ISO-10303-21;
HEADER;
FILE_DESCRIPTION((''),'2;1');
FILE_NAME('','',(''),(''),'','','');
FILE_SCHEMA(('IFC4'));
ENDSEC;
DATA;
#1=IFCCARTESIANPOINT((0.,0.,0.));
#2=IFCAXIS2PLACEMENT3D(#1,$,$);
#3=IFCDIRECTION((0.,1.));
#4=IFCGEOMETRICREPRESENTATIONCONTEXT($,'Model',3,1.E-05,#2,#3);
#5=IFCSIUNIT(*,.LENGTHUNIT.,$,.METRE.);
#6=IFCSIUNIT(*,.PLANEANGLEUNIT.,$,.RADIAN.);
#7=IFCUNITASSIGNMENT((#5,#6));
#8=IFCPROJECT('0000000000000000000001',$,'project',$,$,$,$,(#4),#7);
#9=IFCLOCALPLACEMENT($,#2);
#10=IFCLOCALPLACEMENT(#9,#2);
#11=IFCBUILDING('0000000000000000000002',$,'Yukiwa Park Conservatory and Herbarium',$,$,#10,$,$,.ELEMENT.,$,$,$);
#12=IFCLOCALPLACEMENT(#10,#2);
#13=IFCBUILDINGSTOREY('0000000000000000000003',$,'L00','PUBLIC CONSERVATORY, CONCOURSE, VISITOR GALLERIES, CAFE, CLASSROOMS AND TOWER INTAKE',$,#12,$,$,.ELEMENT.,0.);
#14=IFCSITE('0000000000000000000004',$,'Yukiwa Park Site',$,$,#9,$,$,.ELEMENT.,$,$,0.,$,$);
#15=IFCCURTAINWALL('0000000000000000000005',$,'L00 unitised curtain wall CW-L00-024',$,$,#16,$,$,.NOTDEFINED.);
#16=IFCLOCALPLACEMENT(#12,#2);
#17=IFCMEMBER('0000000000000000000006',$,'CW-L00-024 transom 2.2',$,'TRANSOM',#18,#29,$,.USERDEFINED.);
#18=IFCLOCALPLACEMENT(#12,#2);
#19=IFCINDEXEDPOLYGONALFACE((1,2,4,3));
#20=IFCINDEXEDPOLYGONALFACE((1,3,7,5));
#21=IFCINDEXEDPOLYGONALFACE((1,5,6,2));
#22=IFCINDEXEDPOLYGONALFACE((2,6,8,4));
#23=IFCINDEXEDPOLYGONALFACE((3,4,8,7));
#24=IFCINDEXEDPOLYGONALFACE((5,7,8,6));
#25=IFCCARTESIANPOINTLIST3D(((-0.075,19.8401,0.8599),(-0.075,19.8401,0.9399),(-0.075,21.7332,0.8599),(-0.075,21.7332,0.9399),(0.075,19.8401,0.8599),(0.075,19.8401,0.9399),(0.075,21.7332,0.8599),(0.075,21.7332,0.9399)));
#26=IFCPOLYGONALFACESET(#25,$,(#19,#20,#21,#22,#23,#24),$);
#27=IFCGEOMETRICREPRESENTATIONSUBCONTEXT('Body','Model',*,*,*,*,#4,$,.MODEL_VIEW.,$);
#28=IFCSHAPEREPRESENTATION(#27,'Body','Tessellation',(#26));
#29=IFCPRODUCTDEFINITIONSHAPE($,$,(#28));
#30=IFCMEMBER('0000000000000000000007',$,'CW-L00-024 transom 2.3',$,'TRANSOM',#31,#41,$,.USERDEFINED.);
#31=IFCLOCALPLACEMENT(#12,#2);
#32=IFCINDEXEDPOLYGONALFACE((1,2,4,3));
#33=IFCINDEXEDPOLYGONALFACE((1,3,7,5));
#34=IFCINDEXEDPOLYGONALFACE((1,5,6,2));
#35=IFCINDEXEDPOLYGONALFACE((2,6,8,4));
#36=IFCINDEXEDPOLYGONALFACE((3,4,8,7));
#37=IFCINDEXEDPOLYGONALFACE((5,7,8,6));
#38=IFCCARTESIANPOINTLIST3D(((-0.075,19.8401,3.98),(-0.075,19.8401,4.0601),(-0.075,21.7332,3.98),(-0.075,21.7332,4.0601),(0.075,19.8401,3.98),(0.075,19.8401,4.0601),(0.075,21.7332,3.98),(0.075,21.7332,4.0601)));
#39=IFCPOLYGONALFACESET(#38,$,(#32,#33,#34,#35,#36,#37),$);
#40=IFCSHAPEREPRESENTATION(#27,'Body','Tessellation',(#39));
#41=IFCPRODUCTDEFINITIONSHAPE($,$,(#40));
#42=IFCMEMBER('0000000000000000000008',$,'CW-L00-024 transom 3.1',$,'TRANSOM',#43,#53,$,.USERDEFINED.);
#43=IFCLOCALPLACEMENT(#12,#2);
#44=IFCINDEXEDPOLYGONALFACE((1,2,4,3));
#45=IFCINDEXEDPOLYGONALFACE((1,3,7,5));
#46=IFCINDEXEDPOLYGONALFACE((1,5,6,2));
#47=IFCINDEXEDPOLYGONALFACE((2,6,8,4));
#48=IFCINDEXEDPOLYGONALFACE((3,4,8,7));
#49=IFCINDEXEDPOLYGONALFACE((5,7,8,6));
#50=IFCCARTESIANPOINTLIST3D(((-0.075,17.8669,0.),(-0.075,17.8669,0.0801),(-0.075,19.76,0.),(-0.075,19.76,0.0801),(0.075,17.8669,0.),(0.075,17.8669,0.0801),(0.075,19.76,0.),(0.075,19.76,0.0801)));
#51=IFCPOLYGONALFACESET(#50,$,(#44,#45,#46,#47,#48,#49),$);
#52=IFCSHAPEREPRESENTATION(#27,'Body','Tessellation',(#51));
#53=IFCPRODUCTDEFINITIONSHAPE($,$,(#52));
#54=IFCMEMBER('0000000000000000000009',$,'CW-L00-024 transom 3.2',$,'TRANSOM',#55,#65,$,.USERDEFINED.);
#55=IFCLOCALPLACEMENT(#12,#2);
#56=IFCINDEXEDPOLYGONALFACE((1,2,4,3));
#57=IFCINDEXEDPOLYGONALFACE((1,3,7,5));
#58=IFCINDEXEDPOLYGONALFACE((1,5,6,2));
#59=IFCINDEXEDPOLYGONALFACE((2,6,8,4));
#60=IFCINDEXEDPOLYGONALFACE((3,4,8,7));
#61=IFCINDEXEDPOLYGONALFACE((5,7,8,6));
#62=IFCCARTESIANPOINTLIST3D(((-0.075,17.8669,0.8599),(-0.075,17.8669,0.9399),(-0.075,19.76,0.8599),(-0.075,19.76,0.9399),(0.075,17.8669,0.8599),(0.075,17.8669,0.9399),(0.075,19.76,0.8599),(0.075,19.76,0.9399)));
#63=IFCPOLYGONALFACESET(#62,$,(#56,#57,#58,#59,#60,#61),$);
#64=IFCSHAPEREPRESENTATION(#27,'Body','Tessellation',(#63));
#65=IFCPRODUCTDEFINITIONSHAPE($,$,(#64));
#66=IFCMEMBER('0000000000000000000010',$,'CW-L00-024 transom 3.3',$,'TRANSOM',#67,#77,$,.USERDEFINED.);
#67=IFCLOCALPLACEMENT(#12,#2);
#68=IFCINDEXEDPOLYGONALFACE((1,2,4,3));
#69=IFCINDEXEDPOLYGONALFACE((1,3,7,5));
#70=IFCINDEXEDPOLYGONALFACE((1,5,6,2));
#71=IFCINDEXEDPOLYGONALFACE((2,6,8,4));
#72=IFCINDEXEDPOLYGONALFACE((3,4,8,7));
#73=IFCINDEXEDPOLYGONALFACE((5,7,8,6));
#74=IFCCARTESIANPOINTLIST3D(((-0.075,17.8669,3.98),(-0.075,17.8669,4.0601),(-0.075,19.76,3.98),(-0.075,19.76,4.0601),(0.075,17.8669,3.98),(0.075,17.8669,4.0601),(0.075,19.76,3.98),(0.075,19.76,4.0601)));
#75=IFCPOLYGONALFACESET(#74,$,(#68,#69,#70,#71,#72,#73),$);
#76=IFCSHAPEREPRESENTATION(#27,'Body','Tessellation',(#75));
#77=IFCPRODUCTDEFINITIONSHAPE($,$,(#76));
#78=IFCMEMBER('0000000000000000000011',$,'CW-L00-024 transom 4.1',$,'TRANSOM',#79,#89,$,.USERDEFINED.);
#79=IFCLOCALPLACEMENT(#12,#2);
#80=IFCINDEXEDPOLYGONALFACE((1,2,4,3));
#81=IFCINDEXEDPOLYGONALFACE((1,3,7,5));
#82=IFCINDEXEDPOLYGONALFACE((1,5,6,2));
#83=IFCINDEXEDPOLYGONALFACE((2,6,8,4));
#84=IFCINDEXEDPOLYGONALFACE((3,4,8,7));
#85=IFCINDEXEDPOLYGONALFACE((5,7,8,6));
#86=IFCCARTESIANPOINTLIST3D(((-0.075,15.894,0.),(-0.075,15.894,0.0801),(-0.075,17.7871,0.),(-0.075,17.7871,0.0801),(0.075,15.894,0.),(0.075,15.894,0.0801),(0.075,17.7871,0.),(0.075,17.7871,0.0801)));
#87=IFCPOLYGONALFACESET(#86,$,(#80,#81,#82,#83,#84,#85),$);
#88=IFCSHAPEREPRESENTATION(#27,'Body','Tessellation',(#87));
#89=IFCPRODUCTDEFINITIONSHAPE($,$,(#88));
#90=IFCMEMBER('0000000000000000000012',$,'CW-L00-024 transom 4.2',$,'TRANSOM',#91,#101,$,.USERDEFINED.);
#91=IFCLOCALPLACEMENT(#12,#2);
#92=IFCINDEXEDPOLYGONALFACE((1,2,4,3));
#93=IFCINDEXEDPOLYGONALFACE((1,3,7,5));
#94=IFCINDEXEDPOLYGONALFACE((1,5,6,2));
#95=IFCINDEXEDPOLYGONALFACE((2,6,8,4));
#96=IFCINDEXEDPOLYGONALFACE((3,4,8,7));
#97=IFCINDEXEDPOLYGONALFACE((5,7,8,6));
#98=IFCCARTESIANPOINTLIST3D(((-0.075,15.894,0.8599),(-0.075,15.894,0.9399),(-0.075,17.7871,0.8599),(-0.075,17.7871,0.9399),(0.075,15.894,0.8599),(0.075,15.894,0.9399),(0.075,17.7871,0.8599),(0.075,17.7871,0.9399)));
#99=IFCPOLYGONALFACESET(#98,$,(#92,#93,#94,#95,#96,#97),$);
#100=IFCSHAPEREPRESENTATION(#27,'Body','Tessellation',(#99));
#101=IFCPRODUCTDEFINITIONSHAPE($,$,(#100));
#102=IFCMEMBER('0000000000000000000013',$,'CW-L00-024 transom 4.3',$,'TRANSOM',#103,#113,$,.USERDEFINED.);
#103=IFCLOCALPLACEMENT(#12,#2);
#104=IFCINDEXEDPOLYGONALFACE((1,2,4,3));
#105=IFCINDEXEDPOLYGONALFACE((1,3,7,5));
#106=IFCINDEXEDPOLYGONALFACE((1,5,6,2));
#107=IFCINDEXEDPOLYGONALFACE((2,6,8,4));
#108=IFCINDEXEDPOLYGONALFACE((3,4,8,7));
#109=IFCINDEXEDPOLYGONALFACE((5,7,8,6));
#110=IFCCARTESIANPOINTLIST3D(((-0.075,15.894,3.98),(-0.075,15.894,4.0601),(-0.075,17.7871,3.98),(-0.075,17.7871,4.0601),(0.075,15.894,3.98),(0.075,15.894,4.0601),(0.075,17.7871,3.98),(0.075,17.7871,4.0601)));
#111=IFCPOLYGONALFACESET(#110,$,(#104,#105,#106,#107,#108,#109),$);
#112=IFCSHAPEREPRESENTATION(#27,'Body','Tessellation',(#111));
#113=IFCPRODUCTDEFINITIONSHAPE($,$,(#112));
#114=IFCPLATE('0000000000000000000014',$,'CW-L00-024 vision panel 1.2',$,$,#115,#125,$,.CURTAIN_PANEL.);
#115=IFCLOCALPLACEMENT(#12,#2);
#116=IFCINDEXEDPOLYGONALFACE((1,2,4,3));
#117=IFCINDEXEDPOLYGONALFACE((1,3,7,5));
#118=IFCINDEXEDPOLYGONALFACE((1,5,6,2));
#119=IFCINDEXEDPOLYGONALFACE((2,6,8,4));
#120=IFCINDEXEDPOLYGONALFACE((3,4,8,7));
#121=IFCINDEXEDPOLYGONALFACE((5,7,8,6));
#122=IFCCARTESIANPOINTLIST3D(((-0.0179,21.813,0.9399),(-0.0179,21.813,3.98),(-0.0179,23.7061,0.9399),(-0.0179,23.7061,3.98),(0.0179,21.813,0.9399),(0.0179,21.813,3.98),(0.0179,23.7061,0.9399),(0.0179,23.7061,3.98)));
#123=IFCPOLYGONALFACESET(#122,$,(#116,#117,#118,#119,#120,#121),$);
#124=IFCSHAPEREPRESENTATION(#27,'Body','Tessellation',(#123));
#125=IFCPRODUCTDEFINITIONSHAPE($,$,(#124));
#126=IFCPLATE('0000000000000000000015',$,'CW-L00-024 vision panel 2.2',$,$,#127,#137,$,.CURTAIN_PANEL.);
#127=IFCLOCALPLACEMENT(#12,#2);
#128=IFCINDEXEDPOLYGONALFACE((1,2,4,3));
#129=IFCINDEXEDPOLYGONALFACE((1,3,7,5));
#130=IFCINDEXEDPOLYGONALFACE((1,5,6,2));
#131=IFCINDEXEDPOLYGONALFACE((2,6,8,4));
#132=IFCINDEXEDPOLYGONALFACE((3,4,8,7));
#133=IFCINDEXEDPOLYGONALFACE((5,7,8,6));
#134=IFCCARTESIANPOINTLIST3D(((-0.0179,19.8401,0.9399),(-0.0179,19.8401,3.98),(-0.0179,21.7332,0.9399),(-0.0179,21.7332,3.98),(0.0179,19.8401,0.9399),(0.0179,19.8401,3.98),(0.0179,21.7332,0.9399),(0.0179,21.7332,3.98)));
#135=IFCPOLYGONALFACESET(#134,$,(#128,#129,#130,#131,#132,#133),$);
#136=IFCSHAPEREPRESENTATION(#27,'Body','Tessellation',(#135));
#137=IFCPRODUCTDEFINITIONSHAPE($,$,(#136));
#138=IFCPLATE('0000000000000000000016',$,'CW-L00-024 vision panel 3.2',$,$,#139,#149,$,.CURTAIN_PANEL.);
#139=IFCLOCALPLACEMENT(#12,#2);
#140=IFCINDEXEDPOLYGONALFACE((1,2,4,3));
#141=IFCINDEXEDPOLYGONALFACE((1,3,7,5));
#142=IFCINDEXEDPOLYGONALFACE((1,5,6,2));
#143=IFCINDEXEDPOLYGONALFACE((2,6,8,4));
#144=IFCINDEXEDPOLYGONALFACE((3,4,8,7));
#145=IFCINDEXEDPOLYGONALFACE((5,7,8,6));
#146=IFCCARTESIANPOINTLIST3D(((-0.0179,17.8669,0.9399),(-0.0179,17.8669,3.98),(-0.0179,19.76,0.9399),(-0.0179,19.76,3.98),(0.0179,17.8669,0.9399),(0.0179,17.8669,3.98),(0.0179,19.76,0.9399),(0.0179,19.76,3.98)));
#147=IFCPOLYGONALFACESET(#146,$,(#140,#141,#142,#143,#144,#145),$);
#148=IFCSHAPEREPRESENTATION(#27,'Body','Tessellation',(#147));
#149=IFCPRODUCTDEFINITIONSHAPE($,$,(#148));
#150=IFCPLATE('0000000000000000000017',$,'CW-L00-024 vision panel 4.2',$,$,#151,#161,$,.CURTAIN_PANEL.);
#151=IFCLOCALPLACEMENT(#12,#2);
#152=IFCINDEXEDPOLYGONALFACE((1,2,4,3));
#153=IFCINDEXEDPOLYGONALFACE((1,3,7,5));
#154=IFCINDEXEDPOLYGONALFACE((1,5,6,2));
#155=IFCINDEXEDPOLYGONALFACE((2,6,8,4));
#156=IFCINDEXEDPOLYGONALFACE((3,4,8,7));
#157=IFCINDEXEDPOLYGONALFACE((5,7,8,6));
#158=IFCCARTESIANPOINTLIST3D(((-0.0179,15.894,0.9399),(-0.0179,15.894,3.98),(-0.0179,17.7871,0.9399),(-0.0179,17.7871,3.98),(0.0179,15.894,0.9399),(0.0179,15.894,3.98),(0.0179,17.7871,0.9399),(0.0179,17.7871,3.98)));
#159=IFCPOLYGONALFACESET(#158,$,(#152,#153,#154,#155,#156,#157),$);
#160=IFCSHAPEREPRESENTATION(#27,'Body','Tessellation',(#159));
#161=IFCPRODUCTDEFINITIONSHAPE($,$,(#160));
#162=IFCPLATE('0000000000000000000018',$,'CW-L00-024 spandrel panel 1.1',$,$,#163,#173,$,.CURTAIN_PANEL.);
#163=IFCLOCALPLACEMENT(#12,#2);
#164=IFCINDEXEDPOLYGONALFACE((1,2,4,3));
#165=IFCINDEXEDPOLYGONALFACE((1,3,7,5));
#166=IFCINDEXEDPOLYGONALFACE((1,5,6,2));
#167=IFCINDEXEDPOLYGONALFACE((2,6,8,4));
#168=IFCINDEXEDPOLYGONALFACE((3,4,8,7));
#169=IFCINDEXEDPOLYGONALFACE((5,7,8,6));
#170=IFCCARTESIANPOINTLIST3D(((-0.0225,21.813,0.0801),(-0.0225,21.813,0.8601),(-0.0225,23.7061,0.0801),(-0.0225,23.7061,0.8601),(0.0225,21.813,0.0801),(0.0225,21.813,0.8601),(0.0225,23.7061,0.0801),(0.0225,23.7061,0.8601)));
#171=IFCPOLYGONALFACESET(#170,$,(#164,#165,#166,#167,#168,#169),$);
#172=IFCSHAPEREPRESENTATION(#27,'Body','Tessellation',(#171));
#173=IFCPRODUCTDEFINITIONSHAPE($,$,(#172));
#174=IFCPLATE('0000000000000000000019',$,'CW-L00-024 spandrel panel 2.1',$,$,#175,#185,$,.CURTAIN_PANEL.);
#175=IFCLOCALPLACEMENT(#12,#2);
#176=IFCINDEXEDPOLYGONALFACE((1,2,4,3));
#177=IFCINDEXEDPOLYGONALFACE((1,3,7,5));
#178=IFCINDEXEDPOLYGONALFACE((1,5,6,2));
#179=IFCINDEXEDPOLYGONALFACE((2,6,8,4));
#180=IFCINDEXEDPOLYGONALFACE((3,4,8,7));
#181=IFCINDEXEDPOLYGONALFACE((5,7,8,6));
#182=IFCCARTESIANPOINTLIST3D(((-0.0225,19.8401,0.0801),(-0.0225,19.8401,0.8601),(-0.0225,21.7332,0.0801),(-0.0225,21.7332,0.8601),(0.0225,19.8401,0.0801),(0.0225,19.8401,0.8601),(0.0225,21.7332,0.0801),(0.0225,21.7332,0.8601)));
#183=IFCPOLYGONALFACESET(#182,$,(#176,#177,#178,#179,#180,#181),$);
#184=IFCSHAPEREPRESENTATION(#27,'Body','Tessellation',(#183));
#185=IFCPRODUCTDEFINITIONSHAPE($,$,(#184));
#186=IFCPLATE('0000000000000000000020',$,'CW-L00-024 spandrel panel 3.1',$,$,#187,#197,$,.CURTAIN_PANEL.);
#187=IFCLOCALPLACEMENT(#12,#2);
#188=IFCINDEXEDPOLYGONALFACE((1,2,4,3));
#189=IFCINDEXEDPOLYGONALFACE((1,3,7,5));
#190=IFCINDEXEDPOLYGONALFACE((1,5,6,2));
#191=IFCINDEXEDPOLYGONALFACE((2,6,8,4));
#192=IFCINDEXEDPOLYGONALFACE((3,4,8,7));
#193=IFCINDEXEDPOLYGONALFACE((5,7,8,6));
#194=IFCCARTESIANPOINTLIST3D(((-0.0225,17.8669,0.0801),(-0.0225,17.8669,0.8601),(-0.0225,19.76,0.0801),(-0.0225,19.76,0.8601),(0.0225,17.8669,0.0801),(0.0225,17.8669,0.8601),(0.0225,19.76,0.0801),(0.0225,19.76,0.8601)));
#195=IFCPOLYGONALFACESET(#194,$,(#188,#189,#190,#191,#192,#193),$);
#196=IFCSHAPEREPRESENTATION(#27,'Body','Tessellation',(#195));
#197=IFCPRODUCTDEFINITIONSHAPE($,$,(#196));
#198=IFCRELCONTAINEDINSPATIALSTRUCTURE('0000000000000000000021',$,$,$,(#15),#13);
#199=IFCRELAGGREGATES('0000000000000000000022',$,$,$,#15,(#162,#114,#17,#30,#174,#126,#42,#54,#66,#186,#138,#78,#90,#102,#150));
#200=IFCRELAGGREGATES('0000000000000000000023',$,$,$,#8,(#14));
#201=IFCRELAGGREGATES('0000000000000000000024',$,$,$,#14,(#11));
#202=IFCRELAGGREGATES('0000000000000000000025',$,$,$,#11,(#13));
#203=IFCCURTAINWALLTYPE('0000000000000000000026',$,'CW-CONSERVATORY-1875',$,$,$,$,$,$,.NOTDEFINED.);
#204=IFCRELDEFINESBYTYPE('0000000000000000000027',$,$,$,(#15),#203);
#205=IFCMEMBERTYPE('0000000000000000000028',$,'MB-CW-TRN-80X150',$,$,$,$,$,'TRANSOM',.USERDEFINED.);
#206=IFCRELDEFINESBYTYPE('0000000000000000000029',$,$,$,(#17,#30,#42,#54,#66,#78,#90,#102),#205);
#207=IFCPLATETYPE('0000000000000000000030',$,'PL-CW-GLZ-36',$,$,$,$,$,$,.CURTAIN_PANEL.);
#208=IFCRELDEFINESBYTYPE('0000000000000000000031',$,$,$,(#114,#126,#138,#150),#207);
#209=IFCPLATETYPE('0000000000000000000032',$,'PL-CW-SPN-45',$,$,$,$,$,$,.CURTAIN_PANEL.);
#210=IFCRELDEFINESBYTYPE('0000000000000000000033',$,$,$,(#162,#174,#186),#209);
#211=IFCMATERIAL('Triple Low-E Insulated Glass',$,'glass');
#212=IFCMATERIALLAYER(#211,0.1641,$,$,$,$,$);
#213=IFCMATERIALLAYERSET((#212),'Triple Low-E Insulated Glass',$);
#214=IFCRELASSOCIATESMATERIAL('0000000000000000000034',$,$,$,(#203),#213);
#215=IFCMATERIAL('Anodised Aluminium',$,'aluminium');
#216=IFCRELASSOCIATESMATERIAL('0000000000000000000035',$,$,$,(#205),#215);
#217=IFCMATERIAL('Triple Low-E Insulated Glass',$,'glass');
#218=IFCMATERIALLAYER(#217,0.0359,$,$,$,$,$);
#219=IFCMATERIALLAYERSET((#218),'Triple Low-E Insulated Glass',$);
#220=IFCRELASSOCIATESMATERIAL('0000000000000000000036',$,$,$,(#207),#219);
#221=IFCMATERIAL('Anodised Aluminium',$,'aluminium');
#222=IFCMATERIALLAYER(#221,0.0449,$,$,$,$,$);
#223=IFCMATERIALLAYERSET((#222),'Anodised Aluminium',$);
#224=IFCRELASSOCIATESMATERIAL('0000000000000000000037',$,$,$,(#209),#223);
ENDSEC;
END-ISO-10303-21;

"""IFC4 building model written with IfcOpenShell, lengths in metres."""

from ifc_helpers import new_model, si_unit, direction, frame, origin, origin_2d, place, context, subcontext, project, spatial, rectangle, extrude, material, layer, layer_set, type_object, element, aggregate, save


model = new_model("IFC4")

# Units and contexts
model_context = context("Model", 3, precision=1e-05, world=origin(), true_north=direction((0.0, 1.0)))
body_context = subcontext(model_context, "Body", "Model", "MODEL_VIEW")
ifc_project = project(units=[si_unit("LENGTHUNIT", "METRE"), si_unit("PLANEANGLEUNIT", "RADIAN")], contexts=[model_context])

# Site, building, storey
site_placement = place(None, origin())
site = spatial("IfcSite", under=ifc_project, at=site_placement, Name="Yukiwa Park Site", CompositionType="ELEMENT", RefElevation=0.0)
building_placement = place(site_placement, origin())
building = spatial("IfcBuilding", under=site, at=building_placement, Name="Yukiwa Park Conservatory and Herbarium", CompositionType="ELEMENT")
storey_placement = place(building_placement, origin())
storey = spatial("IfcBuildingStorey", under=building, at=storey_placement, Name="L00", Description="PUBLIC CONSERVATORY, CONCOURSE, VISITOR GALLERIES, CAFE, CLASSROOMS AND TOWER INTAKE", CompositionType="ELEMENT", Elevation=0.0)

# Curtain wall, members, plates
ifc_material_1 = material(Name="Triple Low-E Insulated Glass", Category="glass")
ifc_layer_1 = layer(ifc_material_1, 0.1641)
ifc_layer_set_1 = layer_set([ifc_layer_1], Name="Triple Low-E Insulated Glass")
curtain_wall_type = type_object("IfcCurtainWallType", Name="CW-CONSERVATORY-1875", PredefinedType="NOTDEFINED", material=ifc_layer_set_1)
curtain_wall_placement = place(storey_placement, origin())
curtain_wall = element("IfcCurtainWall", 1, at=curtain_wall_placement, inside=storey, type_object=curtain_wall_type, Name="L00 unitised curtain wall CW-L00-024", PredefinedType="NOTDEFINED")
ifc_material_2 = material(Name="Anodised Aluminium", Category="aluminium")
member_type_1 = type_object("IfcMemberType", Name="MB-CW-TRN-80X150", ElementType="TRANSOM", PredefinedType="USERDEFINED", material=ifc_material_2)
member_1_placement = place(storey_placement, frame((0.0, 20.7866, 0.8599), z_axis=(0.0, 0.0, 1.0), x_axis=(0.0, -1.0, 0.0)))
member_1 = element("IfcMember", 2, at=member_1_placement, type_object=member_type_1, Name="CW-L00-024 transom 2.2", ObjectType="TRANSOM", PredefinedType="USERDEFINED", context=body_context, shape_type="SweptSolid", body=[
    extrude(rectangle(XDim=1.8931, YDim=0.1499, at=origin_2d()), origin(), (0.0, 0.0, 1.0), 0.0801),
])
member_2_placement = place(storey_placement, frame((0.0, 20.7866, 3.98), z_axis=(0.0, 0.0, 1.0), x_axis=(0.0, -1.0, 0.0)))
member_2 = element("IfcMember", 3, at=member_2_placement, type_object=member_type_1, Name="CW-L00-024 transom 2.3", ObjectType="TRANSOM", PredefinedType="USERDEFINED", context=body_context, shape_type="SweptSolid", body=[
    extrude(rectangle(XDim=1.8931, YDim=0.1499, at=origin_2d()), origin(), (0.0, 0.0, 1.0), 0.0801),
])
member_3_placement = place(storey_placement, frame((0.0, 18.8135, 0.0), z_axis=(0.0, 0.0, 1.0), x_axis=(0.0, -1.0, 0.0)))
member_3 = element("IfcMember", 4, at=member_3_placement, type_object=member_type_1, Name="CW-L00-024 transom 3.1", ObjectType="TRANSOM", PredefinedType="USERDEFINED", context=body_context, shape_type="SweptSolid", body=[
    extrude(rectangle(XDim=1.8931, YDim=0.1499, at=origin_2d()), origin(), (0.0, 0.0, 1.0), 0.0801),
])
member_4_placement = place(storey_placement, frame((0.0, 18.8135, 0.8599), z_axis=(0.0, 0.0, 1.0), x_axis=(0.0, -1.0, 0.0)))
member_4 = element("IfcMember", 5, at=member_4_placement, type_object=member_type_1, Name="CW-L00-024 transom 3.2", ObjectType="TRANSOM", PredefinedType="USERDEFINED", context=body_context, shape_type="SweptSolid", body=[
    extrude(rectangle(XDim=1.8931, YDim=0.1499, at=origin_2d()), origin(), (0.0, 0.0, 1.0), 0.0801),
])
member_5_placement = place(storey_placement, frame((0.0, 18.8135, 3.98), z_axis=(0.0, 0.0, 1.0), x_axis=(0.0, -1.0, 0.0)))
member_5 = element("IfcMember", 6, at=member_5_placement, type_object=member_type_1, Name="CW-L00-024 transom 3.3", ObjectType="TRANSOM", PredefinedType="USERDEFINED", context=body_context, shape_type="SweptSolid", body=[
    extrude(rectangle(XDim=1.8931, YDim=0.1499, at=origin_2d()), origin(), (0.0, 0.0, 1.0), 0.0801),
])
member_6_placement = place(storey_placement, frame((0.0, 16.8406, 0.0), z_axis=(0.0, 0.0, 1.0), x_axis=(0.0, -1.0, 0.0)))
member_6 = element("IfcMember", 7, at=member_6_placement, type_object=member_type_1, Name="CW-L00-024 transom 4.1", ObjectType="TRANSOM", PredefinedType="USERDEFINED", context=body_context, shape_type="SweptSolid", body=[
    extrude(rectangle(XDim=1.8931, YDim=0.1499, at=origin_2d()), origin(), (0.0, 0.0, 1.0), 0.0801),
])
member_7_placement = place(storey_placement, frame((0.0, 16.8406, 0.8599), z_axis=(0.0, 0.0, 1.0), x_axis=(0.0, -1.0, 0.0)))
member_7 = element("IfcMember", 8, at=member_7_placement, type_object=member_type_1, Name="CW-L00-024 transom 4.2", ObjectType="TRANSOM", PredefinedType="USERDEFINED", context=body_context, shape_type="SweptSolid", body=[
    extrude(rectangle(XDim=1.8931, YDim=0.1499, at=origin_2d()), origin(), (0.0, 0.0, 1.0), 0.0801),
])
member_8_placement = place(storey_placement, frame((0.0, 16.8406, 3.98), z_axis=(0.0, 0.0, 1.0), x_axis=(0.0, -1.0, 0.0)))
member_8 = element("IfcMember", 9, at=member_8_placement, type_object=member_type_1, Name="CW-L00-024 transom 4.3", ObjectType="TRANSOM", PredefinedType="USERDEFINED", context=body_context, shape_type="SweptSolid", body=[
    extrude(rectangle(XDim=1.8931, YDim=0.1499, at=origin_2d()), origin(), (0.0, 0.0, 1.0), 0.0801),
])
ifc_material_3 = material(Name="Triple Low-E Insulated Glass", Category="glass")
ifc_layer_2 = layer(ifc_material_3, 0.0359)
ifc_layer_set_2 = layer_set([ifc_layer_2], Name="Triple Low-E Insulated Glass")
plate_type_1 = type_object("IfcPlateType", Name="PL-CW-GLZ-36", PredefinedType="CURTAIN_PANEL", material=ifc_layer_set_2)
plate_1_placement = place(storey_placement, frame((0.0, 22.7595, 0.9399), z_axis=(0.0, 0.0, 1.0), x_axis=(0.0, -1.0, 0.0)))
plate_1 = element("IfcPlate", 10, at=plate_1_placement, type_object=plate_type_1, Name="CW-L00-024 vision panel 1.2", PredefinedType="CURTAIN_PANEL", context=body_context, shape_type="SweptSolid", body=[
    extrude(rectangle(XDim=1.8931, YDim=0.0359, at=origin_2d()), origin(), (0.0, 0.0, 1.0), 3.04),
])
plate_2_placement = place(storey_placement, frame((0.0, 20.7866, 0.9399), z_axis=(0.0, 0.0, 1.0), x_axis=(0.0, -1.0, 0.0)))
plate_2 = element("IfcPlate", 11, at=plate_2_placement, type_object=plate_type_1, Name="CW-L00-024 vision panel 2.2", PredefinedType="CURTAIN_PANEL", context=body_context, shape_type="SweptSolid", body=[
    extrude(rectangle(XDim=1.8931, YDim=0.0359, at=origin_2d()), origin(), (0.0, 0.0, 1.0), 3.04),
])
plate_3_placement = place(storey_placement, frame((0.0, 18.8135, 0.9399), z_axis=(0.0, 0.0, 1.0), x_axis=(0.0, -1.0, 0.0)))
plate_3 = element("IfcPlate", 12, at=plate_3_placement, type_object=plate_type_1, Name="CW-L00-024 vision panel 3.2", PredefinedType="CURTAIN_PANEL", context=body_context, shape_type="SweptSolid", body=[
    extrude(rectangle(XDim=1.8931, YDim=0.0359, at=origin_2d()), origin(), (0.0, 0.0, 1.0), 3.04),
])
plate_4_placement = place(storey_placement, frame((0.0, 16.8406, 0.9399), z_axis=(0.0, 0.0, 1.0), x_axis=(0.0, -1.0, 0.0)))
plate_4 = element("IfcPlate", 13, at=plate_4_placement, type_object=plate_type_1, Name="CW-L00-024 vision panel 4.2", PredefinedType="CURTAIN_PANEL", context=body_context, shape_type="SweptSolid", body=[
    extrude(rectangle(XDim=1.8931, YDim=0.0359, at=origin_2d()), origin(), (0.0, 0.0, 1.0), 3.04),
])
ifc_material_4 = material(Name="Anodised Aluminium", Category="aluminium")
ifc_layer_3 = layer(ifc_material_4, 0.0449)
ifc_layer_set_3 = layer_set([ifc_layer_3], Name="Anodised Aluminium")
plate_type_2 = type_object("IfcPlateType", Name="PL-CW-SPN-45", PredefinedType="CURTAIN_PANEL", material=ifc_layer_set_3)
plate_5_placement = place(storey_placement, frame((0.0, 22.7595, 0.0801), z_axis=(0.0, 0.0, 1.0), x_axis=(0.0, -1.0, 0.0)))
plate_5 = element("IfcPlate", 14, at=plate_5_placement, type_object=plate_type_2, Name="CW-L00-024 spandrel panel 1.1", PredefinedType="CURTAIN_PANEL", context=body_context, shape_type="SweptSolid", body=[
    extrude(rectangle(XDim=1.8931, YDim=0.0449, at=origin_2d()), origin(), (0.0, 0.0, 1.0), 0.78),
])
plate_6_placement = place(storey_placement, frame((0.0, 20.7866, 0.0801), z_axis=(0.0, 0.0, 1.0), x_axis=(0.0, -1.0, 0.0)))
plate_6 = element("IfcPlate", 15, at=plate_6_placement, type_object=plate_type_2, Name="CW-L00-024 spandrel panel 2.1", PredefinedType="CURTAIN_PANEL", context=body_context, shape_type="SweptSolid", body=[
    extrude(rectangle(XDim=1.8931, YDim=0.0449, at=origin_2d()), origin(), (0.0, 0.0, 1.0), 0.78),
])
plate_7_placement = place(storey_placement, frame((0.0, 18.8135, 0.0801), z_axis=(0.0, 0.0, 1.0), x_axis=(0.0, -1.0, 0.0)))
plate_7 = element("IfcPlate", 16, at=plate_7_placement, type_object=plate_type_2, Name="CW-L00-024 spandrel panel 3.1", PredefinedType="CURTAIN_PANEL", context=body_context, shape_type="SweptSolid", body=[
    extrude(rectangle(XDim=1.8931, YDim=0.0449, at=origin_2d()), origin(), (0.0, 0.0, 1.0), 0.78),
])
aggregate(curtain_wall, [plate_5, plate_1, member_1, member_2, plate_6, plate_2, member_3, member_4, member_5, plate_7, plate_3, member_6, member_7, member_8, plate_4])

save(model, "model.ifc")
